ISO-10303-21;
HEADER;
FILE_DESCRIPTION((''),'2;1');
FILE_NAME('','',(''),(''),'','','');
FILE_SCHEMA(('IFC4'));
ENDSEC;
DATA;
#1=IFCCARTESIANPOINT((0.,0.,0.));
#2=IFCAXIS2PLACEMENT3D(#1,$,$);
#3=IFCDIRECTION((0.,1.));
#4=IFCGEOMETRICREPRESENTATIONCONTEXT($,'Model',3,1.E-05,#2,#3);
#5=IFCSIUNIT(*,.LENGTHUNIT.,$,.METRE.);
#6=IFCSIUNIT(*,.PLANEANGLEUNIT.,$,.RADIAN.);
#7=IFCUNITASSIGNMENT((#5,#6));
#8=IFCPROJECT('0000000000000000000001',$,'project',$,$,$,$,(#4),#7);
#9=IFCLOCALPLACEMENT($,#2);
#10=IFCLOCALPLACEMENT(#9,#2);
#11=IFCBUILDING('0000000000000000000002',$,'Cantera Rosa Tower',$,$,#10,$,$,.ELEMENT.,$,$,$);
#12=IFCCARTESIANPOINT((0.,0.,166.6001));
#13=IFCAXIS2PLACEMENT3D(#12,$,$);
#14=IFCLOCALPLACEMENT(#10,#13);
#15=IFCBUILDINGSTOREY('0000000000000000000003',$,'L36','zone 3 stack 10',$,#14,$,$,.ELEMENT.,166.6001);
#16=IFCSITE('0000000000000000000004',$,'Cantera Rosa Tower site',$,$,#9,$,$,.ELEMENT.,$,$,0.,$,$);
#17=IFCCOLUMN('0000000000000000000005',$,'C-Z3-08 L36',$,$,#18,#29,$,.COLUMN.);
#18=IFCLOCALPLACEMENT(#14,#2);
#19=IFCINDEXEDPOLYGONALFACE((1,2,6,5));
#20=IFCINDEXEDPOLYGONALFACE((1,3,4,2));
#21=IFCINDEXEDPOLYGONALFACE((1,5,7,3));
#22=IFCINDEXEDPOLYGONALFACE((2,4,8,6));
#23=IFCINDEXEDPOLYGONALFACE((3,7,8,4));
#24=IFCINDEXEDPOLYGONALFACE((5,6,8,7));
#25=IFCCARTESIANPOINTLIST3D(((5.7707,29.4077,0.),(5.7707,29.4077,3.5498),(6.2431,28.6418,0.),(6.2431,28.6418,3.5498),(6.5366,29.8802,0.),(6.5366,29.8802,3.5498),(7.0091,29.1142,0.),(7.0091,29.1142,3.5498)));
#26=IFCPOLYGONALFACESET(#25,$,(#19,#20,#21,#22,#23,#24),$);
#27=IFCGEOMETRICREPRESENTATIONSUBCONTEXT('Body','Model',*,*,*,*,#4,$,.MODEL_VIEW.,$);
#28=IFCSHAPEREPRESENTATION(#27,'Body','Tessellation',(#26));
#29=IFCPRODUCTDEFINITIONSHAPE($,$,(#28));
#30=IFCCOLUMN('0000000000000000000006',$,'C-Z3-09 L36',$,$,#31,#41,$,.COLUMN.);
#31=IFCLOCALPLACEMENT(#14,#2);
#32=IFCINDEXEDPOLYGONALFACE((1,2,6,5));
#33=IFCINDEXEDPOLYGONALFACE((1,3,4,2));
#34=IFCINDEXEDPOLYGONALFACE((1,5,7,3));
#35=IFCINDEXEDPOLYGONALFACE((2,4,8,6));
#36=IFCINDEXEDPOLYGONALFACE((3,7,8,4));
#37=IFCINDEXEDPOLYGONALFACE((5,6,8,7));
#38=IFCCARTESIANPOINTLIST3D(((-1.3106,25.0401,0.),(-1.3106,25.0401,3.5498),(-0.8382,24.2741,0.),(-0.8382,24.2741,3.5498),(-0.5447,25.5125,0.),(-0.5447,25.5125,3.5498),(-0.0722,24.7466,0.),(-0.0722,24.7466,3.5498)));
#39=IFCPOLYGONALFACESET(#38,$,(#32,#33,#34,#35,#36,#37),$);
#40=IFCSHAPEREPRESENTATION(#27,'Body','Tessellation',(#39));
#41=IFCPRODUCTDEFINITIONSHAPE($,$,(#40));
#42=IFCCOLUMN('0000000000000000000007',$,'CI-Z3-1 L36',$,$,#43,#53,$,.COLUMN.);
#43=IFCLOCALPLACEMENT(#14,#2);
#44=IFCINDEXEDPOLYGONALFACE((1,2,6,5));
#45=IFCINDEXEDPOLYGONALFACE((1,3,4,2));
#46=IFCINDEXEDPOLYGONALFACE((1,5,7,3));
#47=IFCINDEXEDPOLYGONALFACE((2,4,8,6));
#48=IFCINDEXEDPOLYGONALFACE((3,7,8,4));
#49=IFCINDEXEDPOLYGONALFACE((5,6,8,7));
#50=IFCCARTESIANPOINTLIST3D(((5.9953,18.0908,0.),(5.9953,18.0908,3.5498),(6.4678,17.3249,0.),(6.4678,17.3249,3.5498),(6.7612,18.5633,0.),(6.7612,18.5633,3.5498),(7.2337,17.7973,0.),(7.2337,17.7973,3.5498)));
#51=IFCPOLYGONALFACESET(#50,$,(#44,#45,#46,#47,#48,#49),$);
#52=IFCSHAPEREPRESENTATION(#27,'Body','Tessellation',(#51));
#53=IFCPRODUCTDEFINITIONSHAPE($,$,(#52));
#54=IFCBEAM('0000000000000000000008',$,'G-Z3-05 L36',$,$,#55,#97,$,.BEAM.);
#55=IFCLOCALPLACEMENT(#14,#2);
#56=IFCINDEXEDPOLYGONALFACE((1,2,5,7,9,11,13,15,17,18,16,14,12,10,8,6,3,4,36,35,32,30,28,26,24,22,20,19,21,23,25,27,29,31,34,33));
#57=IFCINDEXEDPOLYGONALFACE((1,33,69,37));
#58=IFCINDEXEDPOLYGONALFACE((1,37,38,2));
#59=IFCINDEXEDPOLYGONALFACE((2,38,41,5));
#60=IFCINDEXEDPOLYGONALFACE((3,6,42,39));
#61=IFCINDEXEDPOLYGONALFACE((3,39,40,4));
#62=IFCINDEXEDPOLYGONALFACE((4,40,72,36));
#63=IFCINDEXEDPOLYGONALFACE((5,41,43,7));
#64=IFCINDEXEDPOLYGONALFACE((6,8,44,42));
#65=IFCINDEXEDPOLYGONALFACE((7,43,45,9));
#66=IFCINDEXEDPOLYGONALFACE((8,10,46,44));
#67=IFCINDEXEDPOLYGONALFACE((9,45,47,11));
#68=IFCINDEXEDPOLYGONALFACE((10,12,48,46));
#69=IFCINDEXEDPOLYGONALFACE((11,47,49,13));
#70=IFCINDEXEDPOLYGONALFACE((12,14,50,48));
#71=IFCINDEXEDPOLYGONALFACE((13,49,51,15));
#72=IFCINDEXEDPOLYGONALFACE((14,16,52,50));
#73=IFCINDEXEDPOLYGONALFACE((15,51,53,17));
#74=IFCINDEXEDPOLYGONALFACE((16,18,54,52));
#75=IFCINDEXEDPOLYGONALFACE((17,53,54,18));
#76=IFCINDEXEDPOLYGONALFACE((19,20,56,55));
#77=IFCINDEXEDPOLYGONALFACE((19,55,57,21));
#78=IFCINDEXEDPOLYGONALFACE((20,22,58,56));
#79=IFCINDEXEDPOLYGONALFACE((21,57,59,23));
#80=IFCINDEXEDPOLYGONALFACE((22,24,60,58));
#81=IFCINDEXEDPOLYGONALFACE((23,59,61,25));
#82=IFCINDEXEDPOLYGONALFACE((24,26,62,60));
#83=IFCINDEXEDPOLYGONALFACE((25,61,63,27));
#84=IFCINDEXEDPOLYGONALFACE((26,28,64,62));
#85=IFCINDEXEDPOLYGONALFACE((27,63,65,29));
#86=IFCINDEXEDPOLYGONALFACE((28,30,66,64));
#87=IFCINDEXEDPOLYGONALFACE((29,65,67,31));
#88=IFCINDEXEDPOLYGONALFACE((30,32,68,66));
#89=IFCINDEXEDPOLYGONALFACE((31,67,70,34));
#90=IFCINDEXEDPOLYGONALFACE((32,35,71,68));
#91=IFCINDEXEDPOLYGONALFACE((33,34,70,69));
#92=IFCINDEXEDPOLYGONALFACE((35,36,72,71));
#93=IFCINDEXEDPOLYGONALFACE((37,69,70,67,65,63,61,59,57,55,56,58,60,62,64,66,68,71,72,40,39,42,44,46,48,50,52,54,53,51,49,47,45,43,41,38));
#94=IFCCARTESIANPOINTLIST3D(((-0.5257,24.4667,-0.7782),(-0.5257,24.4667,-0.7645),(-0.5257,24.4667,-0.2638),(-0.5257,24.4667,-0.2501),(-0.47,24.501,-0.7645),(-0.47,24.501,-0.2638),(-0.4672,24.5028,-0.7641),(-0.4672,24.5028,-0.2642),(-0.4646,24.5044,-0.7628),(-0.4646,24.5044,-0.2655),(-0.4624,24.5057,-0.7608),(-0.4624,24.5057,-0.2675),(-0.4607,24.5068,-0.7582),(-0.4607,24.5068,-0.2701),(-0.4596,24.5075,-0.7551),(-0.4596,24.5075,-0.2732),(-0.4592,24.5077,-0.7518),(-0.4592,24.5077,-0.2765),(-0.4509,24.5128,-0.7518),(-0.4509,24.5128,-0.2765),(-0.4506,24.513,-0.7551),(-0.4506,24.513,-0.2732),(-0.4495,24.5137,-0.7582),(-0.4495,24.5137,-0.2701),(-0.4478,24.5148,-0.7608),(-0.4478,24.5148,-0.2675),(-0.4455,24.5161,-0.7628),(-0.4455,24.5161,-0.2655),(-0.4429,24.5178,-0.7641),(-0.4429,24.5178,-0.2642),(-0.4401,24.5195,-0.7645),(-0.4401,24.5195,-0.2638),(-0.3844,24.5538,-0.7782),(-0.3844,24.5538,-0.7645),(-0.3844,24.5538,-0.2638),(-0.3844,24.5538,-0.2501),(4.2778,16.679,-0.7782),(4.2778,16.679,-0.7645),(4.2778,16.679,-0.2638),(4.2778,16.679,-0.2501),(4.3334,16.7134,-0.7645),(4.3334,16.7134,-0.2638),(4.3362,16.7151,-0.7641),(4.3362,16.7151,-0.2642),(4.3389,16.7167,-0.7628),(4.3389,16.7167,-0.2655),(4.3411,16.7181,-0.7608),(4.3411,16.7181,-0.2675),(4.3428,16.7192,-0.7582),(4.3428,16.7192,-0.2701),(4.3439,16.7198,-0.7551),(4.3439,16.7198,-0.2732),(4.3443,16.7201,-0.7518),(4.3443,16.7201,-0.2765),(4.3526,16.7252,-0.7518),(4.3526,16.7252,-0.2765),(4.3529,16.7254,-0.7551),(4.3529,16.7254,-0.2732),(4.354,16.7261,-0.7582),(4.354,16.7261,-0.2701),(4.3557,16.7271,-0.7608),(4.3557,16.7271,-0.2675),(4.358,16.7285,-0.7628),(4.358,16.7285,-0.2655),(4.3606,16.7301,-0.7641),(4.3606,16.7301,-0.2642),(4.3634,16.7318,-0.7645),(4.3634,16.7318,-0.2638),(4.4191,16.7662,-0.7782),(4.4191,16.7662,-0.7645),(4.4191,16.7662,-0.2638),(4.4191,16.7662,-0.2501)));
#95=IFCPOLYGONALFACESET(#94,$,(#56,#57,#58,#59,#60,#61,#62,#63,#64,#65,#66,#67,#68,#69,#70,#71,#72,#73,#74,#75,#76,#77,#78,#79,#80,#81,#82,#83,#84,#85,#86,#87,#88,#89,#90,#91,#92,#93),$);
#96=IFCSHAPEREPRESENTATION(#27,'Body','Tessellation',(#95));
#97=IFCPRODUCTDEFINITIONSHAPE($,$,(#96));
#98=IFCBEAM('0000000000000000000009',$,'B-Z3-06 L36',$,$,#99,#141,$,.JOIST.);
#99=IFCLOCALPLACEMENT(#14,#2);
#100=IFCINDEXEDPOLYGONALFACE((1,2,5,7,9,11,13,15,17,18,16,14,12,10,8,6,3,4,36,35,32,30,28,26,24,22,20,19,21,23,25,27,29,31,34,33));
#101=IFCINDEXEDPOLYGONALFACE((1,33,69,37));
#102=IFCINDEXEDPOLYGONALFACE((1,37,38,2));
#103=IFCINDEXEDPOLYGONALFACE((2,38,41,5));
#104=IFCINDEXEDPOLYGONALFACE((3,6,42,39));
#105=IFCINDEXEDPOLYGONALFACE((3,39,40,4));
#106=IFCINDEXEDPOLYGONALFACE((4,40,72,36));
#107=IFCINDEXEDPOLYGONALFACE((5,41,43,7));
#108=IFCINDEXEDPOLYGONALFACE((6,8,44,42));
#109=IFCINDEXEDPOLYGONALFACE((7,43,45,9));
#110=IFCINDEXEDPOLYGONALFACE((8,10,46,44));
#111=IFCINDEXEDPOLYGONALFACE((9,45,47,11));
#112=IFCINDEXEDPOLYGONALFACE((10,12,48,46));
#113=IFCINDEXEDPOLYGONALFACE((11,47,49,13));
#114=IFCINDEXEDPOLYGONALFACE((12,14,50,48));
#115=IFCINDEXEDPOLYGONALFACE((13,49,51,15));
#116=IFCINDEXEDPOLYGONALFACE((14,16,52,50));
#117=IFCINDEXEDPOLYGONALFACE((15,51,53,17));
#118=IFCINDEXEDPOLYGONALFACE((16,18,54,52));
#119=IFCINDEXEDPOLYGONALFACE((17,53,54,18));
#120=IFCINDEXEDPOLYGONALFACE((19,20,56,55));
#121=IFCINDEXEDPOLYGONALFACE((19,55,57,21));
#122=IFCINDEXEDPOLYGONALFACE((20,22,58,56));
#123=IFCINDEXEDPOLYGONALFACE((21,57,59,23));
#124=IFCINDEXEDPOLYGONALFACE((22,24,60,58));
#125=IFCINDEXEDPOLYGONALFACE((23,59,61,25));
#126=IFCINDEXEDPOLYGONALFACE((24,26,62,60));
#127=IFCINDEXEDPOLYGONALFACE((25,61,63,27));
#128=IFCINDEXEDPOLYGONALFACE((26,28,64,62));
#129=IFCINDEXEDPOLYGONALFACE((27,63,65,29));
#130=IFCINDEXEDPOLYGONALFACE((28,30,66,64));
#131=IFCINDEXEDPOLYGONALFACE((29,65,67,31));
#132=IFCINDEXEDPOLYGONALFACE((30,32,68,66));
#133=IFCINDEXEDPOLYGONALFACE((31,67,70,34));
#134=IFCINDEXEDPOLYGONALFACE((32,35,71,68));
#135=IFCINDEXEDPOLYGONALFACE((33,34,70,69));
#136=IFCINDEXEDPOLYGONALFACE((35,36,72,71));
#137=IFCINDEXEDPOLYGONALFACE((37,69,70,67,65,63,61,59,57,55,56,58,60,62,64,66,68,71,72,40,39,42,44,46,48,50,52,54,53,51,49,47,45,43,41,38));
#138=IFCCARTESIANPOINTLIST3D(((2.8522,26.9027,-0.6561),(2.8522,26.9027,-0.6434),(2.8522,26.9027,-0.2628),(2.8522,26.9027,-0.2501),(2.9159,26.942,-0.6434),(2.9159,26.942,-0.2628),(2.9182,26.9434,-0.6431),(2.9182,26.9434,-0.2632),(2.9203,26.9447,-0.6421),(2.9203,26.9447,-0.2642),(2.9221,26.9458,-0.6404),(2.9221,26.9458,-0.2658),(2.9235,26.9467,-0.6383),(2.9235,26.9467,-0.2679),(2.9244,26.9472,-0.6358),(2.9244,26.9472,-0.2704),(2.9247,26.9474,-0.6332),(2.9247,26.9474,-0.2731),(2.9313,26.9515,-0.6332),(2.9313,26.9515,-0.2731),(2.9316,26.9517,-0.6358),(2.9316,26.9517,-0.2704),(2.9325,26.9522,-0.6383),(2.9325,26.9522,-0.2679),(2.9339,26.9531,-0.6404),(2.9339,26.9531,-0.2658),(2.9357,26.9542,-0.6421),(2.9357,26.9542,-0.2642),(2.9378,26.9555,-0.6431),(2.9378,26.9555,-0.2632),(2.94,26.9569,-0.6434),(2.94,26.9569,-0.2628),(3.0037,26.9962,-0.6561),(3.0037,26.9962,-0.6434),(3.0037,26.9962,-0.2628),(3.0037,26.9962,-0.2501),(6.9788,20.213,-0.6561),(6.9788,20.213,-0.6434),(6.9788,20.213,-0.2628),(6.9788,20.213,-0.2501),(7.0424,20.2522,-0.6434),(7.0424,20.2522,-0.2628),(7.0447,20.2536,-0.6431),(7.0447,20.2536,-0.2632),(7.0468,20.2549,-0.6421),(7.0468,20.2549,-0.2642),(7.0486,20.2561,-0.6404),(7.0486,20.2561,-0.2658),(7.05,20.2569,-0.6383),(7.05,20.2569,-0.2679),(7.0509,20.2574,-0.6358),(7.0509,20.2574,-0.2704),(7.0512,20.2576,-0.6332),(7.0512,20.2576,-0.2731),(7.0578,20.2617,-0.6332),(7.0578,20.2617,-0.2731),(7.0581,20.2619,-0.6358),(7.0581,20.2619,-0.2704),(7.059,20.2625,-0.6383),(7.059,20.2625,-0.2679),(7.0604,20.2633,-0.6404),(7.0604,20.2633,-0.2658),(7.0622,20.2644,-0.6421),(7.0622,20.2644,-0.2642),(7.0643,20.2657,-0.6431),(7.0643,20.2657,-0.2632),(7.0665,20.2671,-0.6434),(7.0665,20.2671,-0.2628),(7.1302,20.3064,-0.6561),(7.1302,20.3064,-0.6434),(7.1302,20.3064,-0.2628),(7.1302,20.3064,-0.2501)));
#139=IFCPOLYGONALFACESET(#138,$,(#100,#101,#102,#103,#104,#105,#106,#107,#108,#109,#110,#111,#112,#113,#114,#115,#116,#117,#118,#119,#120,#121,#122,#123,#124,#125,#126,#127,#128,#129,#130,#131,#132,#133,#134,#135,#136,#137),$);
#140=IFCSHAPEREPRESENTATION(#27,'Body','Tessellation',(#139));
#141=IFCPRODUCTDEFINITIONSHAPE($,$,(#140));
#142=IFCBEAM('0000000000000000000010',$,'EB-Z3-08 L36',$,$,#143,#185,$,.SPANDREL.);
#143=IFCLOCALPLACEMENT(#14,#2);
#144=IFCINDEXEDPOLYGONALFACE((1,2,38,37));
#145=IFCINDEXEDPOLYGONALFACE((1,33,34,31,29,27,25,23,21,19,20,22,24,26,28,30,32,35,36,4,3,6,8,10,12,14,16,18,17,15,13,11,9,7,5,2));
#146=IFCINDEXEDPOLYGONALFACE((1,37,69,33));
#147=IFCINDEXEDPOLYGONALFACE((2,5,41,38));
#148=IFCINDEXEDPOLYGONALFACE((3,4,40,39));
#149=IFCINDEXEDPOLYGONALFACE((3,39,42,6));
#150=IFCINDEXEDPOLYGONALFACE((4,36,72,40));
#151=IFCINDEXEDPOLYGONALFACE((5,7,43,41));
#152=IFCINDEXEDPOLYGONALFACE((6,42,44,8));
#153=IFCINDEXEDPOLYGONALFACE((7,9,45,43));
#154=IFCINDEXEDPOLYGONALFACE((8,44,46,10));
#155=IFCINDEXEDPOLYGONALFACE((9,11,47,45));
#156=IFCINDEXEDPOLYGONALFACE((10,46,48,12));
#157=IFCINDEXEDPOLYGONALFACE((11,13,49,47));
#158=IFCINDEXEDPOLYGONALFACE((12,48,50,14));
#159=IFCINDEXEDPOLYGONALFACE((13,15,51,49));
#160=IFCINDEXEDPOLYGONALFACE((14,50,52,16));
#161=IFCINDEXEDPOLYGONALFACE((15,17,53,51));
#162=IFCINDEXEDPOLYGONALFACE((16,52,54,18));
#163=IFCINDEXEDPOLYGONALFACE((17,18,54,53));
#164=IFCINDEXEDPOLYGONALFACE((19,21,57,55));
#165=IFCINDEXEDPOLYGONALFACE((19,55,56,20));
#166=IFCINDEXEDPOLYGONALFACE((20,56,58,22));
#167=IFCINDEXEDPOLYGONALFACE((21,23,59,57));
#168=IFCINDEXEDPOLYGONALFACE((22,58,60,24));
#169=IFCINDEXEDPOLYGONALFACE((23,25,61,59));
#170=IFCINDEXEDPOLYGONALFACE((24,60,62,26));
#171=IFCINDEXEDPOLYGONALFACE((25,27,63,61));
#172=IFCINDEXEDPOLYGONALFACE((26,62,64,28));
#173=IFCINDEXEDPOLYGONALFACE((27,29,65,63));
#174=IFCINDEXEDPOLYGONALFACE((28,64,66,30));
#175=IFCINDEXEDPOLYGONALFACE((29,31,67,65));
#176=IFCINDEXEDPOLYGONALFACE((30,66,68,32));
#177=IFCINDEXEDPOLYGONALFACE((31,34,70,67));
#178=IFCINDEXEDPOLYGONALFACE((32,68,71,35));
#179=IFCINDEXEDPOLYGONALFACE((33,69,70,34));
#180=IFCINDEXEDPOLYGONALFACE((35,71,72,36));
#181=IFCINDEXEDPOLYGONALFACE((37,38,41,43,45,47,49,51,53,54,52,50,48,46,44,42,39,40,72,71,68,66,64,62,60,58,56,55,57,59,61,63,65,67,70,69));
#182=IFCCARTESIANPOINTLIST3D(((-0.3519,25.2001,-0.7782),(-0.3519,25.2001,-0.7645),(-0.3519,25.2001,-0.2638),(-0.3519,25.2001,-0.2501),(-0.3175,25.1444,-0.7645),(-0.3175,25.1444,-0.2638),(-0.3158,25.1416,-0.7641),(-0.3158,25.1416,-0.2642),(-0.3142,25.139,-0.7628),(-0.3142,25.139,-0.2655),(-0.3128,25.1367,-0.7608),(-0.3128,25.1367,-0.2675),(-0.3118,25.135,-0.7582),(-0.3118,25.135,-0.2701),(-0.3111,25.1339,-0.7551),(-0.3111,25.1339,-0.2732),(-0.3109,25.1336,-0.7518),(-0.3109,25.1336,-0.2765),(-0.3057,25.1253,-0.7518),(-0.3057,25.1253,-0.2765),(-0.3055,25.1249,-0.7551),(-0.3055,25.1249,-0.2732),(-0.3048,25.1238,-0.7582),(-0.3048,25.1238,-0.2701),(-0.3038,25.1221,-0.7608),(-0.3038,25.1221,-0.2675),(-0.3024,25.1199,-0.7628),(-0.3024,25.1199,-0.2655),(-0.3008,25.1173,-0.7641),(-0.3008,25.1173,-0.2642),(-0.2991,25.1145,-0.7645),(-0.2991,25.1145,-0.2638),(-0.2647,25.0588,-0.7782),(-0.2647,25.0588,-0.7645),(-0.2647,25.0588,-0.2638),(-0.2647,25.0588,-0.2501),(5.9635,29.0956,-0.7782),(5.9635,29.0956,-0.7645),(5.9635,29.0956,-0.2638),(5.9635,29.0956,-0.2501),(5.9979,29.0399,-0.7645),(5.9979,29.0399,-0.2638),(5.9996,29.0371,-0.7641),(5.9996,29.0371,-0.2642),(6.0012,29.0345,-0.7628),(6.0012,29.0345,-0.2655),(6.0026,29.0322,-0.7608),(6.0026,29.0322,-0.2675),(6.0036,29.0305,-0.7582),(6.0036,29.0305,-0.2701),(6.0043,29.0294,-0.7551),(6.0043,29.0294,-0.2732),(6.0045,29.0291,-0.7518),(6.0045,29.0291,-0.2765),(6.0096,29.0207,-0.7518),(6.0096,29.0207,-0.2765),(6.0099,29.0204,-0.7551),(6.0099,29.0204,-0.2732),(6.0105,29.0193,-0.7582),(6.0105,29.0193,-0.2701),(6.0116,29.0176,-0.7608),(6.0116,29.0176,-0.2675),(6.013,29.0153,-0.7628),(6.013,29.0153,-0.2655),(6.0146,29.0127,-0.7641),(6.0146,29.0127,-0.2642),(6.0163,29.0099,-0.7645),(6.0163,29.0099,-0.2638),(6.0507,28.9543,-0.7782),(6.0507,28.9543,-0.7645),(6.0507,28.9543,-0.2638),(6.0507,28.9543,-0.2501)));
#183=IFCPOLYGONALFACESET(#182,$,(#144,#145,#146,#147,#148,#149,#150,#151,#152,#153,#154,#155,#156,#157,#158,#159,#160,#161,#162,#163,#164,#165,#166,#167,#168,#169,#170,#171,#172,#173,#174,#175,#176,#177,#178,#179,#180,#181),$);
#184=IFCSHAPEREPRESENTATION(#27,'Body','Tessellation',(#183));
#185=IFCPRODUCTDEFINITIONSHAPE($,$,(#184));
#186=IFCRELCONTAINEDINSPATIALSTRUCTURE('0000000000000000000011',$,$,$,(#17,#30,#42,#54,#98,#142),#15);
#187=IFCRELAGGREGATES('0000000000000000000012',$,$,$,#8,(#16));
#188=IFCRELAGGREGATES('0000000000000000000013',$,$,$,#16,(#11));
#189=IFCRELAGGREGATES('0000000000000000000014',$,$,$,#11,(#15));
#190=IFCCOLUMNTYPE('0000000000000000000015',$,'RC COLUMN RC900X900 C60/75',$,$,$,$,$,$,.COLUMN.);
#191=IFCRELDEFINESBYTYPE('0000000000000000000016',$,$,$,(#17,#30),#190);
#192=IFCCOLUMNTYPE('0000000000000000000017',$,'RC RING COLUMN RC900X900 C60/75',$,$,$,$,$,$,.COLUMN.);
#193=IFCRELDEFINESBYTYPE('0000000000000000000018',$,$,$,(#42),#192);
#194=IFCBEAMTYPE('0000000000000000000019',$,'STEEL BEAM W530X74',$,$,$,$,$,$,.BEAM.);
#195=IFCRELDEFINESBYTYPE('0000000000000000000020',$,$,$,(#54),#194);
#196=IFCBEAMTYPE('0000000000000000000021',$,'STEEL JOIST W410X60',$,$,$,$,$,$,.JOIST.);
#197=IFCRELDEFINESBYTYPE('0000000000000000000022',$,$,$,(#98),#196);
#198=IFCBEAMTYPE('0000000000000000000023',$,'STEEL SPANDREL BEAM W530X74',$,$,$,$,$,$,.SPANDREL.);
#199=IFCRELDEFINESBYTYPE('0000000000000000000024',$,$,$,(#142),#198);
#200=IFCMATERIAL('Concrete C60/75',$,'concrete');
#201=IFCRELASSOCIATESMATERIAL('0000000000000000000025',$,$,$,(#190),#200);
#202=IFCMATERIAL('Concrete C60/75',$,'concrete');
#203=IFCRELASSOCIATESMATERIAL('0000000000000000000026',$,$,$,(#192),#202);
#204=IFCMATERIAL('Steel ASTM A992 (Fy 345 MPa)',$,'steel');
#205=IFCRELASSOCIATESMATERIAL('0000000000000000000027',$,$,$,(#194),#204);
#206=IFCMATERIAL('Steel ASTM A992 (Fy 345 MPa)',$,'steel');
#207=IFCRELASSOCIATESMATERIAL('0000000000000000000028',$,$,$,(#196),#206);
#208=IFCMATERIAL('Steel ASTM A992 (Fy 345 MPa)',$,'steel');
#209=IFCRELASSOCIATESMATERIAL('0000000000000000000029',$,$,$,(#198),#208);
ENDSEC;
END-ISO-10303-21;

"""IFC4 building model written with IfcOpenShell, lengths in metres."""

from ifc_helpers import new_model, si_unit, direction, frame, origin, origin_2d, place, context, subcontext, project, spatial, rectangle, i_section, extrude, material, material_profile, profile_set, type_object, element, save


model = new_model("IFC4")

# Units and contexts
model_context = context("Model", 3, precision=1e-05, world=origin(), true_north=direction((0.0, 1.0)))
body_context = subcontext(model_context, "Body", "Model", "MODEL_VIEW")
ifc_project = project(units=[si_unit("LENGTHUNIT", "METRE"), si_unit("PLANEANGLEUNIT", "RADIAN")], contexts=[model_context])

# Site, building, storey
site_placement = place(None, origin())
site = spatial("IfcSite", under=ifc_project, at=site_placement, Name="Cantera Rosa Tower site", CompositionType="ELEMENT", RefElevation=0.0)
building_placement = place(site_placement, origin())
building = spatial("IfcBuilding", under=site, at=building_placement, Name="Cantera Rosa Tower", CompositionType="ELEMENT")
storey_placement = place(building_placement, frame((0.0, 0.0, 166.6001)))
storey = spatial("IfcBuildingStorey", under=building, at=storey_placement, Name="L36", Description="zone 3 stack 10", CompositionType="ELEMENT", Elevation=166.6001)

# Columns
ifc_material_1 = material(Name="Concrete C60/75", Category="concrete")
ifc_material_profile_1 = material_profile(ifc_material_1, rectangle(XDim=0.8999, YDim=0.8999, at=origin_2d()), Name="RC COLUMN RC900X900 C60/75")
ifc_profile_set_1 = profile_set([ifc_material_profile_1], Name="Concrete C60/75")
column_type_1 = type_object("IfcColumnType", Name="RC COLUMN RC900X900 C60/75", PredefinedType="COLUMN", material=ifc_profile_set_1)
for number, where, z_axis, x_axis, name in (
    (1, (6.3899, 29.261, 0.0), (0.0, 0.0, 1.0), (0.851117, 0.524977, 0.0), "C-Z3-08 L36"),
    (2, (-0.6914, 24.8933, 0.0), (0.0, 0.0, 1.0), (0.851117, 0.524977, 0.0), "C-Z3-09 L36"),
):
    element("IfcColumn", number, at=place(storey_placement, frame(where, z_axis=z_axis, x_axis=x_axis)), inside=storey, type_object=column_type_1, Name=name, PredefinedType="COLUMN", context=body_context, shape_type="SweptSolid", body=[
        extrude(rectangle(XDim=0.8999, YDim=0.8999, at=origin_2d()), origin(), (0.0, 0.0, 1.0), 3.5498),
    ])
ifc_material_2 = material(Name="Concrete C60/75", Category="concrete")
ifc_material_profile_2 = material_profile(ifc_material_2, rectangle(XDim=0.8999, YDim=0.8999, at=origin_2d()), Name="RC RING COLUMN RC900X900 C60/75")
ifc_profile_set_2 = profile_set([ifc_material_profile_2], Name="Concrete C60/75")
column_type_2 = type_object("IfcColumnType", Name="RC RING COLUMN RC900X900 C60/75", PredefinedType="COLUMN", material=ifc_profile_set_2)
column_placement = place(storey_placement, frame((6.6145, 17.9441, 0.0), z_axis=(0.0, 0.0, 1.0), x_axis=(0.851117, 0.524977, 0.0)))
element("IfcColumn", 3, at=column_placement, inside=storey, type_object=column_type_2, Name="CI-Z3-1 L36", PredefinedType="COLUMN", context=body_context, shape_type="SweptSolid", body=[
    extrude(rectangle(XDim=0.8999, YDim=0.8999, at=origin_2d()), origin(), (0.0, 0.0, 1.0), 3.5498),
])

# Beams
ifc_material_3 = material(Name="Steel ASTM A992 (Fy 345 MPa)", Category="steel")
ifc_material_profile_3 = material_profile(ifc_material_3, i_section(OverallWidth=0.166, OverallDepth=0.5281, WebThickness=0.0098, FlangeThickness=0.0137, FilletRadius=0.0127, at=origin_2d()), Name="W530X74")
ifc_profile_set_3 = profile_set([ifc_material_profile_3], Name="Steel ASTM A992 (Fy 345 MPa)")
beam_type_1 = type_object("IfcBeamType", Name="STEEL BEAM W530X74", PredefinedType="BEAM", material=ifc_profile_set_3)
beam_1_placement = place(storey_placement, frame((-0.4551, 24.5103, -0.5142), z_axis=(0.524977, -0.851116, 0.0), x_axis=(0.851116, 0.524977, 0.0)))
element("IfcBeam", 4, at=beam_1_placement, inside=storey, type_object=beam_type_1, Name="G-Z3-05 L36", PredefinedType="BEAM", context=body_context, shape_type="SweptSolid", body=[
    extrude(i_section(OverallWidth=0.166, OverallDepth=0.5281, WebThickness=0.0098, FlangeThickness=0.0137, FilletRadius=0.0127, at=origin_2d()), origin(), (0.0, 0.0, 1.0), 9.1499),
])
ifc_material_4 = material(Name="Steel ASTM A992 (Fy 345 MPa)", Category="steel")
ifc_material_profile_4 = material_profile(ifc_material_4, i_section(OverallWidth=0.178, OverallDepth=0.406, WebThickness=0.0078, FlangeThickness=0.0127, FilletRadius=0.0103, at=origin_2d()), Name="W410X60")
ifc_profile_set_4 = profile_set([ifc_material_profile_4], Name="Steel ASTM A992 (Fy 345 MPa)")
beam_type_2 = type_object("IfcBeamType", Name="STEEL JOIST W410X60", PredefinedType="JOIST", material=ifc_profile_set_4)
beam_2_placement = place(storey_placement, frame((2.928, 26.9495, -0.4531), z_axis=(0.524995, -0.851105, 0.0), x_axis=(0.851105, 0.524995, 0.0)))
element("IfcBeam", 5, at=beam_2_placement, inside=storey, type_object=beam_type_2, Name="B-Z3-06 L36", PredefinedType="JOIST", context=body_context, shape_type="SweptSolid", body=[
    extrude(i_section(OverallWidth=0.178, OverallDepth=0.406, WebThickness=0.0078, FlangeThickness=0.0127, FilletRadius=0.0103, at=origin_2d()), origin(), (0.0, 0.0, 1.0), 7.8601),
])
ifc_material_5 = material(Name="Steel ASTM A992 (Fy 345 MPa)", Category="steel")
ifc_material_profile_5 = material_profile(ifc_material_5, i_section(OverallWidth=0.166, OverallDepth=0.5281, WebThickness=0.0098, FlangeThickness=0.0137, FilletRadius=0.0127, at=origin_2d()), Name="W530X74")
ifc_profile_set_5 = profile_set([ifc_material_profile_5], Name="Steel ASTM A992 (Fy 345 MPa)")
beam_type_3 = type_object("IfcBeamType", Name="STEEL SPANDREL BEAM W530X74", PredefinedType="SPANDREL", material=ifc_profile_set_5)
for number, where, z_axis, x_axis, name in (
    (6, (6.0071, 29.0249, -0.5142), (-0.851111, -0.524986, 0.0), (0.524986, -0.851111, 0.0), "EB-Z3-08 L36"),
):
    element("IfcBeam", number, at=place(storey_placement, frame(where, z_axis=z_axis, x_axis=x_axis)), inside=storey, type_object=beam_type_3, Name=name, PredefinedType="SPANDREL", context=body_context, shape_type="SweptSolid", body=[
        extrude(i_section(OverallWidth=0.166, OverallDepth=0.5281, WebThickness=0.0098, FlangeThickness=0.0137, FilletRadius=0.0127, at=origin_2d()), origin(), (0.0, 0.0, 1.0), 7.4202),
    ])

save(model, "model.ifc")
